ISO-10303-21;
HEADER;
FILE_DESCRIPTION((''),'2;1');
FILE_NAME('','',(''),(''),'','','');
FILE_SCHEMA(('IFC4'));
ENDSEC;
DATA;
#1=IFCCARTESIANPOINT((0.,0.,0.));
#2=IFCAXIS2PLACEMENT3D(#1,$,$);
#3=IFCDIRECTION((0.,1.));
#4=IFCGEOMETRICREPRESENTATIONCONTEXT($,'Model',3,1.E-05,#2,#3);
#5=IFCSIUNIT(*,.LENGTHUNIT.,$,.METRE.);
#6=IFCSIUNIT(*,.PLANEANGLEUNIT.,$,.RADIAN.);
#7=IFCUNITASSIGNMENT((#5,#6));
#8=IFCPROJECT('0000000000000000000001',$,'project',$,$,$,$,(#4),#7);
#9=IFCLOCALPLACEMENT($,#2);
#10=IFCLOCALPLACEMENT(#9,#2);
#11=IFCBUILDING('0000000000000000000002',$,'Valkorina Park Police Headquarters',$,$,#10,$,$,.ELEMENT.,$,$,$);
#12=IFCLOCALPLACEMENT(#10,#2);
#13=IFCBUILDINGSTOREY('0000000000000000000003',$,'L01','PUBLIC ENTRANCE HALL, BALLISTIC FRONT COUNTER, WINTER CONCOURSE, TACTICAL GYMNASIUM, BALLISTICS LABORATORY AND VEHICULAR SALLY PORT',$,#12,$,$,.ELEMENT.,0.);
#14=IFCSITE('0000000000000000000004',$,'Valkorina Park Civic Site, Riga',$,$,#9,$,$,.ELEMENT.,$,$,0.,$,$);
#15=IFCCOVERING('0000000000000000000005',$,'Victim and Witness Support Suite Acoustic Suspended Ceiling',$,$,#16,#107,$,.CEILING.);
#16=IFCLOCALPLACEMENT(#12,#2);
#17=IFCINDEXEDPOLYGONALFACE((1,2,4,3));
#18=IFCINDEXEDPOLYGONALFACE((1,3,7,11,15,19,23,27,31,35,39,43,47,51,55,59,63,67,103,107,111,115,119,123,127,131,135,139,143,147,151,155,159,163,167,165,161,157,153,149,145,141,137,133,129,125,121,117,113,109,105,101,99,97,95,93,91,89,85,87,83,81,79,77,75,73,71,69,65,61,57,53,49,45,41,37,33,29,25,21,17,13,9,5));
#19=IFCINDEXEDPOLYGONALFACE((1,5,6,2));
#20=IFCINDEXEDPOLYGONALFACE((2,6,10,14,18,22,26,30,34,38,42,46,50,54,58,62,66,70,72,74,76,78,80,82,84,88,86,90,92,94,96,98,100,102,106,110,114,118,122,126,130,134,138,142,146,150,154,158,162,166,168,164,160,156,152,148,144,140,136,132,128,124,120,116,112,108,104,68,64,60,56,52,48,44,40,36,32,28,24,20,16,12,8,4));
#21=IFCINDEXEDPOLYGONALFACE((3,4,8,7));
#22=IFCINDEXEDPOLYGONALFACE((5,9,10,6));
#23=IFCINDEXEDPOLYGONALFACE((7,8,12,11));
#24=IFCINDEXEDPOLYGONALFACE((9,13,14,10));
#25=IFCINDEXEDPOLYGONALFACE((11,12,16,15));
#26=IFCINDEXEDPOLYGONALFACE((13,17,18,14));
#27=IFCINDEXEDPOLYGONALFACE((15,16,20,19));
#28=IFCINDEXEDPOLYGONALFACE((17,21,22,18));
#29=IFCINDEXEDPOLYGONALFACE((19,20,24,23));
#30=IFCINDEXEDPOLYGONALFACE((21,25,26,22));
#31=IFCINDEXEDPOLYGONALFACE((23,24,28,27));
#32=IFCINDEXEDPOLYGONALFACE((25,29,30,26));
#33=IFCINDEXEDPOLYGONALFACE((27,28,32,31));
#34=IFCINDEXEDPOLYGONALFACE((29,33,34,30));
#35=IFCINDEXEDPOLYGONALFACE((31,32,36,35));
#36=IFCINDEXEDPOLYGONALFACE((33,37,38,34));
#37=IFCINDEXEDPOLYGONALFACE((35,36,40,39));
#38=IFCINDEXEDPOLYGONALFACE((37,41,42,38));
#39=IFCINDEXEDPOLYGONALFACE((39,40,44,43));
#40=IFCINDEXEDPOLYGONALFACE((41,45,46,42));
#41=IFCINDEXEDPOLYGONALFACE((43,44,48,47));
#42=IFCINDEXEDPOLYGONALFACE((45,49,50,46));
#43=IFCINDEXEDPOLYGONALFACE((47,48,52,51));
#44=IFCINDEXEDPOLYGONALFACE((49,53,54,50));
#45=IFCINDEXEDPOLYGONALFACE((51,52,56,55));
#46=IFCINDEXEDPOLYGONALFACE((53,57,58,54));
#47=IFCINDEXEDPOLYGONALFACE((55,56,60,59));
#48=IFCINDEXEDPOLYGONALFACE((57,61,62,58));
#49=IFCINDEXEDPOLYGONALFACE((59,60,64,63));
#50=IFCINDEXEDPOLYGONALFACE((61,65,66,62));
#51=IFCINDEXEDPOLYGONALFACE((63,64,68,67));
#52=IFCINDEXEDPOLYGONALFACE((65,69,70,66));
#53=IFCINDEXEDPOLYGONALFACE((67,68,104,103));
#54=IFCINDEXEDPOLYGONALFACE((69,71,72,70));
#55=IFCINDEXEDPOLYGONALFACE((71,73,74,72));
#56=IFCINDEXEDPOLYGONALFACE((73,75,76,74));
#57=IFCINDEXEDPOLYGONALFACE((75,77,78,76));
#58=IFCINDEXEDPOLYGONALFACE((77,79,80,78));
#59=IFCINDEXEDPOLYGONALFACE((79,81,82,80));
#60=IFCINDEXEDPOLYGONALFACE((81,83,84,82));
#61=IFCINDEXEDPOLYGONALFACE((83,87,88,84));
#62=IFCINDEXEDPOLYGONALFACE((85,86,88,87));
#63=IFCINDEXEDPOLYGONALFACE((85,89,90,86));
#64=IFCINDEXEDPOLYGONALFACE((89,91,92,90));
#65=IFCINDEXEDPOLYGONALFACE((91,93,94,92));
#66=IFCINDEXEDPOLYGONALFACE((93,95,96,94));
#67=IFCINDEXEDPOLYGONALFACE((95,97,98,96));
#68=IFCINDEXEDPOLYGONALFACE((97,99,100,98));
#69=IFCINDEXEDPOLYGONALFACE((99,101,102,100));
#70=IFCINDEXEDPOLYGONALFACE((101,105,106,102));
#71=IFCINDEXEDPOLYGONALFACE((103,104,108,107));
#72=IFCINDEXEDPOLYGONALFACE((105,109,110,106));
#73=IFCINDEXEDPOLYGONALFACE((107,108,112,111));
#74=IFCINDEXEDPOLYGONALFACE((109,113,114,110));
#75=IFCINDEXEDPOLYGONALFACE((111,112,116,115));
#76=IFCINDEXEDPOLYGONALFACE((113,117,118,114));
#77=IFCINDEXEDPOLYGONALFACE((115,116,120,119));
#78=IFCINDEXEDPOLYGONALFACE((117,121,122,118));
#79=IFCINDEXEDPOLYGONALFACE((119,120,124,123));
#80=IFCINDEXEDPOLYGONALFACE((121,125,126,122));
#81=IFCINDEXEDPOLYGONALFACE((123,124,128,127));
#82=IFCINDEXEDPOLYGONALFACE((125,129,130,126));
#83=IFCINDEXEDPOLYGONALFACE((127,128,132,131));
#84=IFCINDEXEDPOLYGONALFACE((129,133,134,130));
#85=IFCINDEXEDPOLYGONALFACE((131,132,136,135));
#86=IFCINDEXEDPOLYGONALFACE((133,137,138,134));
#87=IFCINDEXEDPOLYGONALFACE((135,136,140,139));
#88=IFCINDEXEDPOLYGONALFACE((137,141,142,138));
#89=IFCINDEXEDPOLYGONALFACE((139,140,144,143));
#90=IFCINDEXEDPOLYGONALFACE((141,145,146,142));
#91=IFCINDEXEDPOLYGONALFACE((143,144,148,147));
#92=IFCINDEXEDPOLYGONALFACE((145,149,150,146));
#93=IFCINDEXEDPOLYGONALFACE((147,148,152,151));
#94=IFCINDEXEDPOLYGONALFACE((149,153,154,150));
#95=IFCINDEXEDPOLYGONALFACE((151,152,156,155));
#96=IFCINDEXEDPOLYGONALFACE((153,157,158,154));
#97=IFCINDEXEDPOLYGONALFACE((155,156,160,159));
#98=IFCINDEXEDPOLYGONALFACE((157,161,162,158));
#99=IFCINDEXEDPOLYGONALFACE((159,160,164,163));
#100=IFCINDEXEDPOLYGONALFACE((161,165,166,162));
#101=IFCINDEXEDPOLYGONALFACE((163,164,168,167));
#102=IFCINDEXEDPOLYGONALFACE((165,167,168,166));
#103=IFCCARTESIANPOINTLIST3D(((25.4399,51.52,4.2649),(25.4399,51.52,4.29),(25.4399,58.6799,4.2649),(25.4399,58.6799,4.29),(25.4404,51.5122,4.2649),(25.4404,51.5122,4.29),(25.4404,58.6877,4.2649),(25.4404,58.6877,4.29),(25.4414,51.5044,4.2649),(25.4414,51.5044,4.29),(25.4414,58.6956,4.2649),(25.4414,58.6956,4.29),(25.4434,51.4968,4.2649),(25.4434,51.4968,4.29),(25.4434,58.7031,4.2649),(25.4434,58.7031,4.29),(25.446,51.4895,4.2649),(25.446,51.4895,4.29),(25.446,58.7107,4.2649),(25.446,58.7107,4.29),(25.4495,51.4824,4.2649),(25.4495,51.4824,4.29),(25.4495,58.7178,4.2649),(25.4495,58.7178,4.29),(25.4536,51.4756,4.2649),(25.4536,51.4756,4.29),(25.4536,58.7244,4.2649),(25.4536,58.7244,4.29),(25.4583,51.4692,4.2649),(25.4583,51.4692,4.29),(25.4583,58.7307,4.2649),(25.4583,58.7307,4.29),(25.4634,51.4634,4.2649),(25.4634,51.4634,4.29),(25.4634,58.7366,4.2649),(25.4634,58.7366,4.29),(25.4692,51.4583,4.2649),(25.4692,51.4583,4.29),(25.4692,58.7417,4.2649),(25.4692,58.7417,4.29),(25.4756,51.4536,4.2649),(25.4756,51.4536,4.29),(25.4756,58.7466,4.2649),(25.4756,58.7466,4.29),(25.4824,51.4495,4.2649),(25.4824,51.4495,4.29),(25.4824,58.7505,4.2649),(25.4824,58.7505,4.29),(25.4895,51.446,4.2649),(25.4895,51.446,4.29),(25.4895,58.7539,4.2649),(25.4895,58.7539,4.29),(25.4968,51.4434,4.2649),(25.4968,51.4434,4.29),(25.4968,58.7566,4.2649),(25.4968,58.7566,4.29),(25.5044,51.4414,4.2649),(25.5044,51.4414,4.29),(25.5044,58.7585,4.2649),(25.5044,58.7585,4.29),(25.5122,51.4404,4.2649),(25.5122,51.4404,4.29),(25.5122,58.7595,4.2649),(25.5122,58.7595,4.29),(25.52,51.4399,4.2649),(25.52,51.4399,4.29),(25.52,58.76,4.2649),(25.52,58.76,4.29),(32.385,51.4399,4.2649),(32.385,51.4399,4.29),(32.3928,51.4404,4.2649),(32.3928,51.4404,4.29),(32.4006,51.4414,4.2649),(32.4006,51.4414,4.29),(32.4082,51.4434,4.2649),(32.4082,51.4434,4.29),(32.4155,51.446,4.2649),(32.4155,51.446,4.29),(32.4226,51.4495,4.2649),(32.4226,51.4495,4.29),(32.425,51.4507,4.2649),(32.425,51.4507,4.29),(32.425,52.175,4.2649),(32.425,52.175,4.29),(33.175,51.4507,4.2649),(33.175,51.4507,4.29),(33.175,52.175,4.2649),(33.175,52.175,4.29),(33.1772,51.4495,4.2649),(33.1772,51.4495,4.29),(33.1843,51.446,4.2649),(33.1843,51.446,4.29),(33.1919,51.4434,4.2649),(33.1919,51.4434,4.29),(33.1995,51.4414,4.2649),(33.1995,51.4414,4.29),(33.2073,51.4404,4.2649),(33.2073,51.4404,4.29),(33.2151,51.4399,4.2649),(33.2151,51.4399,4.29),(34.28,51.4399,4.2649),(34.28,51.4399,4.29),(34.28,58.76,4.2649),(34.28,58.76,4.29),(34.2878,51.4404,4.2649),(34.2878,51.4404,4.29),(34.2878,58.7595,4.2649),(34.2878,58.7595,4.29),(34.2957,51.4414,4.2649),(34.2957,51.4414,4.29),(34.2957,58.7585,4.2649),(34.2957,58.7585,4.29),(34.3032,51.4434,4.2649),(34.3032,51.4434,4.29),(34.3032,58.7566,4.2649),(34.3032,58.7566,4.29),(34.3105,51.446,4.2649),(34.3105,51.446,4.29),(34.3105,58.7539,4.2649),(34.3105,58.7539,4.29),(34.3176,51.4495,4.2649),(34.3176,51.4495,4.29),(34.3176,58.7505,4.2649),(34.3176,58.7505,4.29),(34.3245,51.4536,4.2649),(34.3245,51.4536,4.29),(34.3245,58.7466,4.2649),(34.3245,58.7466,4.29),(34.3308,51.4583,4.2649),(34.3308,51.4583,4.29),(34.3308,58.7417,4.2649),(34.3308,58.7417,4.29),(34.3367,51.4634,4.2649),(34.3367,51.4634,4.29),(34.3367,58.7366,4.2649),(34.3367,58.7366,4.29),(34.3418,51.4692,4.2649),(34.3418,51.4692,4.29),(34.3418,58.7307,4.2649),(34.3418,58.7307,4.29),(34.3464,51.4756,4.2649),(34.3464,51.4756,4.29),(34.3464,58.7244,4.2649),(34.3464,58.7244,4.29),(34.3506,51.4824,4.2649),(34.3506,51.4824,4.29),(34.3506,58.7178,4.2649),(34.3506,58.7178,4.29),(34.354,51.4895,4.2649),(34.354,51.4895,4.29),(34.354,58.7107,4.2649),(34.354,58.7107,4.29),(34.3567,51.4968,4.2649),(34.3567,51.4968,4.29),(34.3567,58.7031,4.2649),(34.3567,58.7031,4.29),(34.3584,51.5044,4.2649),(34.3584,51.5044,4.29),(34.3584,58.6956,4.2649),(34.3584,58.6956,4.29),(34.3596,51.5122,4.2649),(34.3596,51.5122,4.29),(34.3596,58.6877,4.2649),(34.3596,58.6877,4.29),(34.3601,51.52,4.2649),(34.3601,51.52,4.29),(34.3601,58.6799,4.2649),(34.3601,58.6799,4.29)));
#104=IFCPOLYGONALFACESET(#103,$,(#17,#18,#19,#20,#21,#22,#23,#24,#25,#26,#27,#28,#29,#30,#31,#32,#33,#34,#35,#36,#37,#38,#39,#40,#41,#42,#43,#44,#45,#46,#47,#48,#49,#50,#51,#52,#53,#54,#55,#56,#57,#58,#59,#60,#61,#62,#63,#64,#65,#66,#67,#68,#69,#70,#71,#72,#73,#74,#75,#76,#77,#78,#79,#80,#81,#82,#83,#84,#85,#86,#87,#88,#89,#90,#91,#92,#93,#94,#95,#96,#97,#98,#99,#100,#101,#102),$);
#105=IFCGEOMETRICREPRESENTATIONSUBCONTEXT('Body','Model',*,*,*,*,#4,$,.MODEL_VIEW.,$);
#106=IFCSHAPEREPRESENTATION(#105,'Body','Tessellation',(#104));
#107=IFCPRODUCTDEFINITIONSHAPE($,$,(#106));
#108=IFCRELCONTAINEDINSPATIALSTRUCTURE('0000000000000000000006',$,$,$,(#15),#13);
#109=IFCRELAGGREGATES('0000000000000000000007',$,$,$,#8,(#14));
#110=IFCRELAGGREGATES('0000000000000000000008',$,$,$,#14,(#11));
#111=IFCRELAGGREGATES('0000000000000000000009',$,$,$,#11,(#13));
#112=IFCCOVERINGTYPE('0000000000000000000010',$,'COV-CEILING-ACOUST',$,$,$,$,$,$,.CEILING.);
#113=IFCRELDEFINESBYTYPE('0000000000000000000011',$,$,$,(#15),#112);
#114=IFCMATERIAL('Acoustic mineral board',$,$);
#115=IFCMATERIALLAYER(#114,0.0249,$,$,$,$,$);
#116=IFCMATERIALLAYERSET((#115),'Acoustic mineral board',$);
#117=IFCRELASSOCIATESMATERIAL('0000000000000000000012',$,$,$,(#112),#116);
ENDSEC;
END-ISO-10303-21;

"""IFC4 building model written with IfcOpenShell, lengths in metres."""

from ifc_helpers import new_model, si_unit, direction, frame, origin, place, context, subcontext, project, spatial, polyline, outline, extrude, material, layer, layer_set, type_object, element, save


model = new_model("IFC4")

# Units and contexts
model_context = context("Model", 3, precision=1e-05, world=origin(), true_north=direction((0.0, 1.0)))
body_context = subcontext(model_context, "Body", "Model", "MODEL_VIEW")
ifc_project = project(units=[si_unit("LENGTHUNIT", "METRE"), si_unit("PLANEANGLEUNIT", "RADIAN")], contexts=[model_context])

# Site, building, storey
site_placement = place(None, origin())
site = spatial("IfcSite", under=ifc_project, at=site_placement, Name="Valkorina Park Civic Site, Riga", CompositionType="ELEMENT", RefElevation=0.0)
building_placement = place(site_placement, origin())
building = spatial("IfcBuilding", under=site, at=building_placement, Name="Valkorina Park Police Headquarters", CompositionType="ELEMENT")
storey_placement = place(building_placement, origin())
storey = spatial("IfcBuildingStorey", under=building, at=storey_placement, Name="L01", Description="PUBLIC ENTRANCE HALL, BALLISTIC FRONT COUNTER, WINTER CONCOURSE, TACTICAL GYMNASIUM, BALLISTICS LABORATORY AND VEHICULAR SALLY PORT", CompositionType="ELEMENT", Elevation=0.0)

# Covering
ifc_material_1 = material(Name="Acoustic mineral board")
ifc_layer_1 = layer(ifc_material_1, 0.0249)
ifc_layer_set_1 = layer_set([ifc_layer_1], Name="Acoustic mineral board")
covering_type_1 = type_object("IfcCoveringType", Name="COV-CEILING-ACOUST", PredefinedType="CEILING", material=ifc_layer_set_1)
covering_1_placement = place(storey_placement, frame((0.0, 0.0, 4.2649)))
element("IfcCovering", 1, at=covering_1_placement, inside=storey, type_object=covering_type_1, Name="Victim and Witness Support Suite Acoustic Suspended Ceiling", PredefinedType="CEILING", context=body_context, shape_type="SweptSolid", body=[
    extrude(outline(polyline([(34.3584, 51.5044), (34.3596, 51.5122), (34.3601, 51.52), (34.3601, 58.6799), (34.3596, 58.6877), (34.3584, 58.6956), (34.3567, 58.7031), (34.354, 58.7107), (34.3506, 58.7178), (34.3464, 58.7244), (34.3418, 58.7307), (34.3367, 58.7366), (34.3308, 58.7417), (34.3245, 58.7466), (34.3176, 58.7505), (34.3105, 58.7539), (34.3032, 58.7566), (34.2957, 58.7585), (34.2878, 58.7595), (34.28, 58.76), (25.52, 58.76), (25.5122, 58.7595), (25.5044, 58.7585), (25.4968, 58.7566), (25.4895, 58.7539), (25.4824, 58.7505), (25.4756, 58.7466), (25.4692, 58.7417), (25.4634, 58.7366), (25.4583, 58.7307), (25.4536, 58.7244), (25.4495, 58.7178), (25.446, 58.7107), (25.4434, 58.7031), (25.4414, 58.6956), (25.4404, 58.6877), (25.4399, 58.6799), (25.4399, 51.52), (25.4404, 51.5122), (25.4414, 51.5044), (25.4434, 51.4968), (25.446, 51.4895), (25.4495, 51.4824), (25.4536, 51.4756), (25.4583, 51.4692), (25.4634, 51.4634), (25.4692, 51.4583), (25.4756, 51.4536), (25.4824, 51.4495), (25.4895, 51.446), (25.4968, 51.4434), (25.5044, 51.4414), (25.5122, 51.4404), (25.52, 51.4399), (32.385, 51.4399), (32.3928, 51.4404), (32.4006, 51.4414), (32.4082, 51.4434), (32.4155, 51.446), (32.4226, 51.4495), (32.425, 51.4507), (32.425, 52.175), (33.175, 52.175), (33.175, 51.4507), (33.1772, 51.4495), (33.1843, 51.446), (33.1919, 51.4434), (33.1995, 51.4414), (33.2073, 51.4404), (33.2151, 51.4399), (34.28, 51.4399), (34.2878, 51.4404), (34.2957, 51.4414), (34.3032, 51.4434), (34.3105, 51.446), (34.3176, 51.4495), (34.3245, 51.4536), (34.3308, 51.4583), (34.3367, 51.4634), (34.3418, 51.4692), (34.3464, 51.4756), (34.3506, 51.4824), (34.354, 51.4895), (34.3567, 51.4968), (34.3584, 51.5044)])), origin(), (0.0, 0.0, 1.0), 0.0251),
])

save(model, "model.ifc")
